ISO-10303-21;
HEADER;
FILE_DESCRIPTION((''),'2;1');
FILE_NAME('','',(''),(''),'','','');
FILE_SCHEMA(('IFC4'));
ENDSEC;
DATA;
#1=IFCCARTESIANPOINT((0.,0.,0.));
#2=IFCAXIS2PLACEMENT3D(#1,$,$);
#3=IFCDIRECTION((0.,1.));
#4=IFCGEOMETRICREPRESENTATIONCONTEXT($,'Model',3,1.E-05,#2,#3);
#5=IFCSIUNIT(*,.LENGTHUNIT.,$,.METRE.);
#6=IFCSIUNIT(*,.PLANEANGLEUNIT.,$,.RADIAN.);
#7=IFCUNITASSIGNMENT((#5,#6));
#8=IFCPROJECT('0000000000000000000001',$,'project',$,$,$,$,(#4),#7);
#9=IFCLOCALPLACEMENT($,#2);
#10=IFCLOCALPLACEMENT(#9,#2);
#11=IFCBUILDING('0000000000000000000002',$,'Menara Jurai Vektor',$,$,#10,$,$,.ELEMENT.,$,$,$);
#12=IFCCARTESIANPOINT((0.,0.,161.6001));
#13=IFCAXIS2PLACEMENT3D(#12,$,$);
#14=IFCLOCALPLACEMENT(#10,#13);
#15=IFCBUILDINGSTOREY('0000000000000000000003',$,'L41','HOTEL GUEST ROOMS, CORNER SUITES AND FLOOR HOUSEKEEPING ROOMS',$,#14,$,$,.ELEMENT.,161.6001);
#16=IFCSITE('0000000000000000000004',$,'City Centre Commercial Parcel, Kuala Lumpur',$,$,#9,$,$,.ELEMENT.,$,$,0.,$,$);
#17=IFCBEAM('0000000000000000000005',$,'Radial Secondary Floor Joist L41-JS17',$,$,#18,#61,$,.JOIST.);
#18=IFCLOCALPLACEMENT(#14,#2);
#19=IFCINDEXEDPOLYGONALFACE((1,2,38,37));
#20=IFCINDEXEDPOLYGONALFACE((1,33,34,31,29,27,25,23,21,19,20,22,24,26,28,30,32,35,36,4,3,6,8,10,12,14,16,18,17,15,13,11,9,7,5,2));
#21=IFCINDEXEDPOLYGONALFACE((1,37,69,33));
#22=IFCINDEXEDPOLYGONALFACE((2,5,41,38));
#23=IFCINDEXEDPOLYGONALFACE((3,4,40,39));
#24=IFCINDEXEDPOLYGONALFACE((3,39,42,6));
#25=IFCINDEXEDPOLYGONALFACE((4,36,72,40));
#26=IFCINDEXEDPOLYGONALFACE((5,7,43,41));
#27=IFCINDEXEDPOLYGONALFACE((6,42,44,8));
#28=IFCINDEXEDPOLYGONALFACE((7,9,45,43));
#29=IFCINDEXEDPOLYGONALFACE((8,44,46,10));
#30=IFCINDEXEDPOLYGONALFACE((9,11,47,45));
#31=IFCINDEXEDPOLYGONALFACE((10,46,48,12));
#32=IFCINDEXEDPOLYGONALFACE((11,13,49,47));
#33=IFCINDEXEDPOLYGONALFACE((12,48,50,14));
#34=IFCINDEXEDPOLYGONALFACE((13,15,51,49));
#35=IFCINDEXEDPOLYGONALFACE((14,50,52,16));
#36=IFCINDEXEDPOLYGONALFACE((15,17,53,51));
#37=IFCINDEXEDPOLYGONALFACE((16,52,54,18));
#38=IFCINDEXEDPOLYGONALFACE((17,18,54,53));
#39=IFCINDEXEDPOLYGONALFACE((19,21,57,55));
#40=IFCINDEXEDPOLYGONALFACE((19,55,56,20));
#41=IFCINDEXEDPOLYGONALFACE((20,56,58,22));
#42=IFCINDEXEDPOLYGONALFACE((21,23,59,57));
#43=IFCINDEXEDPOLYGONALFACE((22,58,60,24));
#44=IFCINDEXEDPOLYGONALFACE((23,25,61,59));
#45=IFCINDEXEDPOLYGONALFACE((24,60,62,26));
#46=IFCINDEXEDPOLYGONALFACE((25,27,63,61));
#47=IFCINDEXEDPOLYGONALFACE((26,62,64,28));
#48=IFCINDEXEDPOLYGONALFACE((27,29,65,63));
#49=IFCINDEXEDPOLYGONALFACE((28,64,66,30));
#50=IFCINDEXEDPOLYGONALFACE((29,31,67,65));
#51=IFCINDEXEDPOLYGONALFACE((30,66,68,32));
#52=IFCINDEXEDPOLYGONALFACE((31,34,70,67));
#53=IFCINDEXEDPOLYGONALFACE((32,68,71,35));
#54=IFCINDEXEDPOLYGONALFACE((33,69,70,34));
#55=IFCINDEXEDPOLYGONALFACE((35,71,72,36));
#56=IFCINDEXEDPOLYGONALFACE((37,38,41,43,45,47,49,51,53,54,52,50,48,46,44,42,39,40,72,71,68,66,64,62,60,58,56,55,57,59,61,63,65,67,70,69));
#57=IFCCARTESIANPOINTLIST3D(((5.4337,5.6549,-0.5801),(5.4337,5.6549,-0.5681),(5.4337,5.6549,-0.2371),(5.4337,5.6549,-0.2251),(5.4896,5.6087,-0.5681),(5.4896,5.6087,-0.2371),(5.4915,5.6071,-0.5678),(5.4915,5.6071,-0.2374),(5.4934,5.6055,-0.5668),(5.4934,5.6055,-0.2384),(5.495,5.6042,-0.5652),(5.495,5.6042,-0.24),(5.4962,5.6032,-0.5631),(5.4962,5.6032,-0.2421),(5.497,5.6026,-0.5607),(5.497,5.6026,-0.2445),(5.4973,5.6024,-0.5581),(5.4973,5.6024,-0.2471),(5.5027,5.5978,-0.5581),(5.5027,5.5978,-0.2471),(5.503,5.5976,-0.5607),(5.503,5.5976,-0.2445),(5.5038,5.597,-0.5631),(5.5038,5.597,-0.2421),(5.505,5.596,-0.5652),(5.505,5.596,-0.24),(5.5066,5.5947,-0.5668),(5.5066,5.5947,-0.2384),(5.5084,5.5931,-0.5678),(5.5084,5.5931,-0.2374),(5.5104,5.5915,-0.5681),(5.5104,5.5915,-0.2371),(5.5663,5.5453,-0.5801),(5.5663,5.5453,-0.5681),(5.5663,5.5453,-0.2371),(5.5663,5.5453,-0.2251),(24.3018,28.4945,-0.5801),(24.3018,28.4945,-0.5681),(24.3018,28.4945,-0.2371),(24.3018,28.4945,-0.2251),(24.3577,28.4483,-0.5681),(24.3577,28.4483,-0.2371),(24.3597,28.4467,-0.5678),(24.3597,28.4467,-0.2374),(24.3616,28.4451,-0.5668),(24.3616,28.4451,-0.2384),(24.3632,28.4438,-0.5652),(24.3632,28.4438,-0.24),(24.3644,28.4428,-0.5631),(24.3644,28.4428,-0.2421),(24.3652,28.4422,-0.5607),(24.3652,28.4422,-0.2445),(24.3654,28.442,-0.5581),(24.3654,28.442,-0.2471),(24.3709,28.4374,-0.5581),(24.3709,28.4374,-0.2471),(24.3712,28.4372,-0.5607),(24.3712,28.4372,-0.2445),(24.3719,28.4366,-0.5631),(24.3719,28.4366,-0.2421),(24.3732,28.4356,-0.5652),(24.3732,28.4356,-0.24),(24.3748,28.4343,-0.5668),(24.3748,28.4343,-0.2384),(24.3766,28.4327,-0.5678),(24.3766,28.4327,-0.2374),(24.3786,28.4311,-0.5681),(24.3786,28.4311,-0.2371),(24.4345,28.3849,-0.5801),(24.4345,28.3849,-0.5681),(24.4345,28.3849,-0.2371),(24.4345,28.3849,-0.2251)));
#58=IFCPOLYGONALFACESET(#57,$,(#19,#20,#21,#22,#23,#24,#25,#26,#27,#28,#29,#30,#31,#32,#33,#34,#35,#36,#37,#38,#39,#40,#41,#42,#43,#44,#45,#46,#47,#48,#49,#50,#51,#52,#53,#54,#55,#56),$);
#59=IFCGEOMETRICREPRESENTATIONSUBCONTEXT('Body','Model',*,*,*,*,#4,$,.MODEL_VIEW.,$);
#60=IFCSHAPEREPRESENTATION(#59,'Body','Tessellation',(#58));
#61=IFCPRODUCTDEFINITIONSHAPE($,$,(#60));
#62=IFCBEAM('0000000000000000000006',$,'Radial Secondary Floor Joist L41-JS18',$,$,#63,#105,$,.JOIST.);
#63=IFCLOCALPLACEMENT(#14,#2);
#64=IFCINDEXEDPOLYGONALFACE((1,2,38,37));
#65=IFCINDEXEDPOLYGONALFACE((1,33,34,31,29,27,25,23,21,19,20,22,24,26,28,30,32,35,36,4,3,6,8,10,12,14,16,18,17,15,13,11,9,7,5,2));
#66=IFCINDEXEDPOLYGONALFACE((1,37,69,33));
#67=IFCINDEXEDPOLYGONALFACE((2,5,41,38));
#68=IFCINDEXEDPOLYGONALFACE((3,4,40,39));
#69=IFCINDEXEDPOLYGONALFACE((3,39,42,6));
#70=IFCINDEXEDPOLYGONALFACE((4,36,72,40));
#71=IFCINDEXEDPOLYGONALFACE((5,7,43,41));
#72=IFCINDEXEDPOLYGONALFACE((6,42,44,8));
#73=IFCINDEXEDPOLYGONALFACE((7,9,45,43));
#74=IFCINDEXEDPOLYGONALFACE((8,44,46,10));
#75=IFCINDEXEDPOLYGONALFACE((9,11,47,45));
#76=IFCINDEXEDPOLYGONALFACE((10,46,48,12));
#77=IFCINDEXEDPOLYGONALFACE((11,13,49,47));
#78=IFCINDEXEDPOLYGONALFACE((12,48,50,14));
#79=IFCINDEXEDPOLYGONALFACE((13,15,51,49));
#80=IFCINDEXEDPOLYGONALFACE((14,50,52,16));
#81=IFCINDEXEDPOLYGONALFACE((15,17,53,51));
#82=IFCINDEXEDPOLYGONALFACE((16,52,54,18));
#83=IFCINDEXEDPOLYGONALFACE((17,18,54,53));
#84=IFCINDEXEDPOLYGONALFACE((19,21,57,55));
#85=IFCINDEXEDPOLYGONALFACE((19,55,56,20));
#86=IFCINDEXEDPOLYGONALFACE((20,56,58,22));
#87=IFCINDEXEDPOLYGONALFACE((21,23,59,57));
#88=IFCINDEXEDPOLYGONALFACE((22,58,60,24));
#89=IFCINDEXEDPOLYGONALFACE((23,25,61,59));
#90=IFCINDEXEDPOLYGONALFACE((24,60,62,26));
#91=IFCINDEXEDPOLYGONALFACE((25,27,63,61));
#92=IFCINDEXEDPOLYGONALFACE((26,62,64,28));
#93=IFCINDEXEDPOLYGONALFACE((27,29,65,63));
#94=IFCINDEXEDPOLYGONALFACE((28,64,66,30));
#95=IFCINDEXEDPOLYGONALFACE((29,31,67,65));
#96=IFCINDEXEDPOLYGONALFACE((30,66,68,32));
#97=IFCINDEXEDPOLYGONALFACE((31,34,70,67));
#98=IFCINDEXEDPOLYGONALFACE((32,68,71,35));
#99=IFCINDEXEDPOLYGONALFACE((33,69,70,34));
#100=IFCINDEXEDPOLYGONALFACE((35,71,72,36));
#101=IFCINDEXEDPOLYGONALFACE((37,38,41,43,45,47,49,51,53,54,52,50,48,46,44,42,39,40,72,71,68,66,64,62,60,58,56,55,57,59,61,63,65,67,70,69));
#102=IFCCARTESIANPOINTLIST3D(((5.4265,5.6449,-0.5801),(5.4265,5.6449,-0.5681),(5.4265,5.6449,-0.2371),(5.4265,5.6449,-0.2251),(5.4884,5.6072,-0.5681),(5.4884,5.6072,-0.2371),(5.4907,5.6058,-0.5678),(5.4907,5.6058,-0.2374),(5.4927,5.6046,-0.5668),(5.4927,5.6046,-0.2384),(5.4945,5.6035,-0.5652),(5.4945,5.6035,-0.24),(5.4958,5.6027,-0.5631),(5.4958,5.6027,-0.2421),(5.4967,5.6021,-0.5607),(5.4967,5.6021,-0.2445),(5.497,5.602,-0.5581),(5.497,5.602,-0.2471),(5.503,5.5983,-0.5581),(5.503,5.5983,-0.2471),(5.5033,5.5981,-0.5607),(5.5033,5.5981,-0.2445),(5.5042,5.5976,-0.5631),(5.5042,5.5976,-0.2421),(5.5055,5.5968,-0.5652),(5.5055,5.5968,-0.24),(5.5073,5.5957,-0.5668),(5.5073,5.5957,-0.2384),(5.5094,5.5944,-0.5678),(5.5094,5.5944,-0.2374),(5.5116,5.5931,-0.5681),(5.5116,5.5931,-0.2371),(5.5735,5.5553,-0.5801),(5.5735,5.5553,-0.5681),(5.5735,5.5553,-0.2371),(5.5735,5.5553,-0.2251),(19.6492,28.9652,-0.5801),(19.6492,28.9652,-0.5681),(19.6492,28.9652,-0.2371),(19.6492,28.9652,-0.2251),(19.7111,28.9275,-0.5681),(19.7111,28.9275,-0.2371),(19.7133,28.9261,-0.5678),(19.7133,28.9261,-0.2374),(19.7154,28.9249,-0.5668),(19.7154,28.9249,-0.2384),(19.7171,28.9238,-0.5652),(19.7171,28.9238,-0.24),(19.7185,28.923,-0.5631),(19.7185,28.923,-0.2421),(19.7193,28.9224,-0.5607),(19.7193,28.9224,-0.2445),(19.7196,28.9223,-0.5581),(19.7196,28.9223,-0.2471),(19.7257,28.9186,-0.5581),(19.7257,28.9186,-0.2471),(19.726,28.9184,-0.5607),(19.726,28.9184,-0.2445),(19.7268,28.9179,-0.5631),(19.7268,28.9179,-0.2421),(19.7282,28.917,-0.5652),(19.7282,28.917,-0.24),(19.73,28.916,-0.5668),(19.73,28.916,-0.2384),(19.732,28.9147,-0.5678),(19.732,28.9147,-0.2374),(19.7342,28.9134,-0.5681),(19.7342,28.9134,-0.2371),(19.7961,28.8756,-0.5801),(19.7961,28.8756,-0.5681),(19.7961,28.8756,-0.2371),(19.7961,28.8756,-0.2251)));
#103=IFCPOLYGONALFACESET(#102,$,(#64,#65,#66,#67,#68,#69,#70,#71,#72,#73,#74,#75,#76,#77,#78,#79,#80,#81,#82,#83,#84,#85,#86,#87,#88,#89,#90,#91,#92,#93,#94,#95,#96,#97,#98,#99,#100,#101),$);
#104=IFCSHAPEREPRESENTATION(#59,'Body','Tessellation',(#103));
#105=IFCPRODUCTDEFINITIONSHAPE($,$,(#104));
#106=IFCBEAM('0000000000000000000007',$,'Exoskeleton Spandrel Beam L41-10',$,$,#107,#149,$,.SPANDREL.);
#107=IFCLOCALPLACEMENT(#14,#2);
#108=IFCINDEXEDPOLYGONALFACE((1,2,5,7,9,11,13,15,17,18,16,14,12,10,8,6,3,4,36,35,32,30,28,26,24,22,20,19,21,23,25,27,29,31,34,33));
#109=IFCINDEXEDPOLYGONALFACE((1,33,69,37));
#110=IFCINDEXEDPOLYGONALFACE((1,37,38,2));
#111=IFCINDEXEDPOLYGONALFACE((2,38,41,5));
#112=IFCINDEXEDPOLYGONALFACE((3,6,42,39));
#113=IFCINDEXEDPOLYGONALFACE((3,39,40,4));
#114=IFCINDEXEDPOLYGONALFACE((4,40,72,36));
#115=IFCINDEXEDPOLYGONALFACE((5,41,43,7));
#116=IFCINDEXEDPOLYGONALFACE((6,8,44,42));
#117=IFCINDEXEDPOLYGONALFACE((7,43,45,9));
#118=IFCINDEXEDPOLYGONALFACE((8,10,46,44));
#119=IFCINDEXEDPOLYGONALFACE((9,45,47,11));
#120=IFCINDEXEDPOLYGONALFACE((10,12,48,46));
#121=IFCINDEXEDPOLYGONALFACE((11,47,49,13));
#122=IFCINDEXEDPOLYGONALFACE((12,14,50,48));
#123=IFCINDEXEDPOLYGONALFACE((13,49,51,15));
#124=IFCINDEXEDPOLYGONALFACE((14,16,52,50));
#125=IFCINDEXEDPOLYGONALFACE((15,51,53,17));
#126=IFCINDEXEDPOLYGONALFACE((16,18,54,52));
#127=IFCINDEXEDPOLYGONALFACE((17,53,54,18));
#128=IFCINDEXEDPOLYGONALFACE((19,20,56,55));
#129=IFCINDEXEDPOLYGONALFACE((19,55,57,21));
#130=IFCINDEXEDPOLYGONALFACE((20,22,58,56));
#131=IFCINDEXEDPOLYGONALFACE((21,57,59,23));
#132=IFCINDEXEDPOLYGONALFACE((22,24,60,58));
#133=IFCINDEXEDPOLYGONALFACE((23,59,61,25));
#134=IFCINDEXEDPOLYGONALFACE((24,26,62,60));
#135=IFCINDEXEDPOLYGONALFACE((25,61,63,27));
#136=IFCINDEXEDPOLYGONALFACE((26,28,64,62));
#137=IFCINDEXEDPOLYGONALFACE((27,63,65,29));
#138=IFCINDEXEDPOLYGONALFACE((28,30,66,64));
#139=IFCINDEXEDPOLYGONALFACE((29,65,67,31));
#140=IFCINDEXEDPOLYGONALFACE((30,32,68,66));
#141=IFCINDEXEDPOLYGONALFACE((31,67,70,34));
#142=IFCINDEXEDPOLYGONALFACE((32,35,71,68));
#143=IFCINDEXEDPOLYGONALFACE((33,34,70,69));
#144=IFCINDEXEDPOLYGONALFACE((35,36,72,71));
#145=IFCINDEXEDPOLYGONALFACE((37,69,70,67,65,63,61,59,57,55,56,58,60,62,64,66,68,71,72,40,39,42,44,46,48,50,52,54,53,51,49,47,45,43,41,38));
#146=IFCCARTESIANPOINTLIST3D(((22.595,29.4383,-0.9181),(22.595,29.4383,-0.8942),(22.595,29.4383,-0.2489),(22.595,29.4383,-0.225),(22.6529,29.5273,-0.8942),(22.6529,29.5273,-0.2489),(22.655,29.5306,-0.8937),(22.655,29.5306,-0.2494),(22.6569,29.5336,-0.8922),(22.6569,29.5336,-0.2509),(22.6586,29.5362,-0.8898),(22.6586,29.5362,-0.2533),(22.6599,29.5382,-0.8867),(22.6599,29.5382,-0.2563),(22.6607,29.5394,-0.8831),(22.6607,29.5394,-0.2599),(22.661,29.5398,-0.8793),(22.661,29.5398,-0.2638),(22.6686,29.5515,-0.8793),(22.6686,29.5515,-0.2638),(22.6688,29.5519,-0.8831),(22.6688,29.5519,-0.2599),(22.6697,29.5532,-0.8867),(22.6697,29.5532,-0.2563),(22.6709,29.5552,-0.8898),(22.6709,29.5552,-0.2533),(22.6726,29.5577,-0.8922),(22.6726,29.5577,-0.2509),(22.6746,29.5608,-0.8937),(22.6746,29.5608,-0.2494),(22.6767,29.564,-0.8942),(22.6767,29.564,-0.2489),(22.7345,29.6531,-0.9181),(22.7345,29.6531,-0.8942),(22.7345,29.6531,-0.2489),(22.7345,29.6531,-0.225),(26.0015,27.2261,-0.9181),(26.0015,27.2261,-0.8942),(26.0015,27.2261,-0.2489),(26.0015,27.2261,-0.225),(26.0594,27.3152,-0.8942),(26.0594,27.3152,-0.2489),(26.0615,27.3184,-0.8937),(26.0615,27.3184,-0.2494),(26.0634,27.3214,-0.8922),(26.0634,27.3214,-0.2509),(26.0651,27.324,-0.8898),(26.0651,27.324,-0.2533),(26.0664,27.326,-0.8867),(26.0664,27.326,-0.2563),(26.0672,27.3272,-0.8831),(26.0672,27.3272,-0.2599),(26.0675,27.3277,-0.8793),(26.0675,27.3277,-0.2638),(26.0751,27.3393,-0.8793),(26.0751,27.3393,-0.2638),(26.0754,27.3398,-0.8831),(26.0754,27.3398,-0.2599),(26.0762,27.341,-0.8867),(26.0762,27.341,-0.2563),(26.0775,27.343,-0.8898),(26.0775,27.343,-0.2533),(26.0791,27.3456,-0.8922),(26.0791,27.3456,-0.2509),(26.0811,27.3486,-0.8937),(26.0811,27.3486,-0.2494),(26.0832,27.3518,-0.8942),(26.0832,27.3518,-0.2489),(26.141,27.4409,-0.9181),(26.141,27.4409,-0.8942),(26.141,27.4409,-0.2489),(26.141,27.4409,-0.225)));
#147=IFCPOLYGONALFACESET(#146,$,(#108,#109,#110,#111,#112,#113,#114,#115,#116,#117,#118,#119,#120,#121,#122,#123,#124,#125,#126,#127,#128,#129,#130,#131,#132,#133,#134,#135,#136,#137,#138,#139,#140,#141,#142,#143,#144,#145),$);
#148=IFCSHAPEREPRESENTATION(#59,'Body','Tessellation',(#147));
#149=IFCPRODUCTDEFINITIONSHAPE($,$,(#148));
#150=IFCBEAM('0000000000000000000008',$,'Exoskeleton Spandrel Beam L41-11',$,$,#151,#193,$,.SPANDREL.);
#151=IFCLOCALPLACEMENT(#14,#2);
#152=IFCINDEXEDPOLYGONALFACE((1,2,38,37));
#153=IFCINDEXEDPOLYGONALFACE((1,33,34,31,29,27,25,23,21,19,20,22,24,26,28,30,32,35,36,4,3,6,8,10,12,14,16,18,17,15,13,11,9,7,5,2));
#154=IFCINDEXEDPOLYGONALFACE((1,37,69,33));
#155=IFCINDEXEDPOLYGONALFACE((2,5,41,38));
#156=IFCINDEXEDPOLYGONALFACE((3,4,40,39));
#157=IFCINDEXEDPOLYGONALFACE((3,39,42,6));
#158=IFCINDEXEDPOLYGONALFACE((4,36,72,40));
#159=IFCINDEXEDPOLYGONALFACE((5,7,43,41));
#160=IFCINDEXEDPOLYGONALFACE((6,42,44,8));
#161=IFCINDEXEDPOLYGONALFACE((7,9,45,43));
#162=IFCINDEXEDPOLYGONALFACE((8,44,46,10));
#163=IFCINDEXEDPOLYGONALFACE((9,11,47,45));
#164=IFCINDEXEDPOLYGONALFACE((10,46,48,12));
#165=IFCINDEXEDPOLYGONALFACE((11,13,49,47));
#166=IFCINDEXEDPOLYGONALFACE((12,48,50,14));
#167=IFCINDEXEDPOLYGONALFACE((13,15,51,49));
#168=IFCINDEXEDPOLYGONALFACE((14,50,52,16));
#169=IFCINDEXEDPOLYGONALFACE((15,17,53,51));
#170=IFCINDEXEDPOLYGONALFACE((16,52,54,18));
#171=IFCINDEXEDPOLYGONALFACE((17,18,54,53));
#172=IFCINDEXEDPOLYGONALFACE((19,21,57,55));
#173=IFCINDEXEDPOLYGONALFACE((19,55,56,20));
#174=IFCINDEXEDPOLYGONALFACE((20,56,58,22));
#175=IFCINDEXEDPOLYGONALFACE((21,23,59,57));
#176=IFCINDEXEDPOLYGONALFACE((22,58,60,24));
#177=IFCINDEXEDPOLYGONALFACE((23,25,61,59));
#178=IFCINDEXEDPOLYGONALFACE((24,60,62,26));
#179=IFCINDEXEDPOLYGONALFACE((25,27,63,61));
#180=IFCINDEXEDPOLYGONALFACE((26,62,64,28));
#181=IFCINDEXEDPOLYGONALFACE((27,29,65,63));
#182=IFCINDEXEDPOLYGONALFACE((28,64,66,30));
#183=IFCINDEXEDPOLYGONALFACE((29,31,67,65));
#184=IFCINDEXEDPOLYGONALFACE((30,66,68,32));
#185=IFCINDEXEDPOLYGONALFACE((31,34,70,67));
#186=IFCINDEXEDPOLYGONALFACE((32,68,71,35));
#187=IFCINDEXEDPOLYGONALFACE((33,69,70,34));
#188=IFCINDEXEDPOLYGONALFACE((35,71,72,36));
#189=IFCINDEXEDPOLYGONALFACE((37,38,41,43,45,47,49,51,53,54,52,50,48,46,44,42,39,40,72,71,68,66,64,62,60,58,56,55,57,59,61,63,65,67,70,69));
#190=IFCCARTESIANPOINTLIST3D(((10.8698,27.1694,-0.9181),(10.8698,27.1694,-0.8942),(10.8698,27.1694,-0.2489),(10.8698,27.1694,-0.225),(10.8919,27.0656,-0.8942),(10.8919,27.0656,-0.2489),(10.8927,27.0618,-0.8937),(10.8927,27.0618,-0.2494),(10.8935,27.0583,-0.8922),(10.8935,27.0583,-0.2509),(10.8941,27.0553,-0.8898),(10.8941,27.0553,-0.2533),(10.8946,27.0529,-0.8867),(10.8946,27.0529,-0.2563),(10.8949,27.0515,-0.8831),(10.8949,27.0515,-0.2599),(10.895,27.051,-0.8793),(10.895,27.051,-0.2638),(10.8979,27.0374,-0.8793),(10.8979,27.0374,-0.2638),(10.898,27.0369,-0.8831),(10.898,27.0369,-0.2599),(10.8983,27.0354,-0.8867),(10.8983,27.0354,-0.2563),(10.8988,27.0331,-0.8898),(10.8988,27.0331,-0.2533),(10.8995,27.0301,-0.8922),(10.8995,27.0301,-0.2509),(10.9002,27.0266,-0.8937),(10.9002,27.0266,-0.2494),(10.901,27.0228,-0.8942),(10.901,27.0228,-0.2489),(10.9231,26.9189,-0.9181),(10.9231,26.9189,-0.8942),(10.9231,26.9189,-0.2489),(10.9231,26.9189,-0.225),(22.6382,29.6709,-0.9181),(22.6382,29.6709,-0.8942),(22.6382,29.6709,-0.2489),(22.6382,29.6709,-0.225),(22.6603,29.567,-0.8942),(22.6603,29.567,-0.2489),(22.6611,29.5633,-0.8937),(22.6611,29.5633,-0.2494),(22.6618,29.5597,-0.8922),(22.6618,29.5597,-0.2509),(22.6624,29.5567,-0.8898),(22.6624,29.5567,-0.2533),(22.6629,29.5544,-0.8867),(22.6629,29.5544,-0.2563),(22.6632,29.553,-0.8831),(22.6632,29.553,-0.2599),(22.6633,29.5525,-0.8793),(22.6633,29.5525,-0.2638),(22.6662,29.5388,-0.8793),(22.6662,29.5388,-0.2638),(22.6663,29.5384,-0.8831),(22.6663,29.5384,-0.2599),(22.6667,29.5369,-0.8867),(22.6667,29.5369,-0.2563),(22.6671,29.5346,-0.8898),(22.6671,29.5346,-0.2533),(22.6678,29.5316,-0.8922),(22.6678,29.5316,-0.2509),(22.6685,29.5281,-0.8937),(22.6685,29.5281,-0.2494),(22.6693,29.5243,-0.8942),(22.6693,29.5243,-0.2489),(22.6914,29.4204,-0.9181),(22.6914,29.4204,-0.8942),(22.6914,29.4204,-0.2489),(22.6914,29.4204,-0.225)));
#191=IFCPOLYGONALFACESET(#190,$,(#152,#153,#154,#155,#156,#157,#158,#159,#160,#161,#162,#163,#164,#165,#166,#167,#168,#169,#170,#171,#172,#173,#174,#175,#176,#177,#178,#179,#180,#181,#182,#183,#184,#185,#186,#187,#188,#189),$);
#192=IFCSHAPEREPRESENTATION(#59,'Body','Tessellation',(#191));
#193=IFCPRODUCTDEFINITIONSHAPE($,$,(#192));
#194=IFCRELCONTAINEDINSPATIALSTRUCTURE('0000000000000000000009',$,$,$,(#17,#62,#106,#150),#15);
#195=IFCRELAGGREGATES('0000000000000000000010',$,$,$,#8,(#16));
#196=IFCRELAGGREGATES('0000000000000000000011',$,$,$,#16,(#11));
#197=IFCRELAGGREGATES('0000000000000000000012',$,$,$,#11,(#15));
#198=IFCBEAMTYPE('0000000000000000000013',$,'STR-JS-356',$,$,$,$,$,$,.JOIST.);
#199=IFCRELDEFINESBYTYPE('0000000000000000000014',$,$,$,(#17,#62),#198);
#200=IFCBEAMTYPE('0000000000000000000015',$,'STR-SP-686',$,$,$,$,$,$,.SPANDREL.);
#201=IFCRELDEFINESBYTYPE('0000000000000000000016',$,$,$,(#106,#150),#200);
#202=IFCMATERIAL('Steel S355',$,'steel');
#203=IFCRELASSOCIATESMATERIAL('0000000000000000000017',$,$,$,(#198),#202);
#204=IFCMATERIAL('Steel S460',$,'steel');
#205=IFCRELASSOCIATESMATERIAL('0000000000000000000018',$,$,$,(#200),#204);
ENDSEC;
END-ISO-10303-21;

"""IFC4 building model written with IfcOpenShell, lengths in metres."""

from ifc_helpers import new_model, si_unit, direction, frame, origin, origin_2d, place, context, subcontext, project, spatial, i_section, extrude, material, material_profile, profile_set, type_object, element, save


model = new_model("IFC4")

# Units and contexts
model_context = context("Model", 3, precision=1e-05, world=origin(), true_north=direction((0.0, 1.0)))
body_context = subcontext(model_context, "Body", "Model", "MODEL_VIEW")
ifc_project = project(units=[si_unit("LENGTHUNIT", "METRE"), si_unit("PLANEANGLEUNIT", "RADIAN")], contexts=[model_context])

# Site, building, storey
site_placement = place(None, origin())
site = spatial("IfcSite", under=ifc_project, at=site_placement, Name="City Centre Commercial Parcel, Kuala Lumpur", CompositionType="ELEMENT", RefElevation=0.0)
building_placement = place(site_placement, origin())
building = spatial("IfcBuilding", under=site, at=building_placement, Name="Menara Jurai Vektor", CompositionType="ELEMENT")
storey_placement = place(building_placement, frame((0.0, 0.0, 161.6001)))
storey = spatial("IfcBuildingStorey", under=building, at=storey_placement, Name="L41", Description="HOTEL GUEST ROOMS, CORNER SUITES AND FLOOR HOUSEKEEPING ROOMS", CompositionType="ELEMENT", Elevation=161.6001)

# Shared definitions
ifc_material_1 = material(Name="Steel S460", Category="steel")

# Shared definitions
ifc_material_2 = material(Name="Steel S355", Category="steel")

# Beams
ifc_material_profile_1 = material_profile(ifc_material_2, i_section(OverallWidth=0.1721, OverallDepth=0.355, WebThickness=0.0071, FlangeThickness=0.012, FilletRadius=0.01, at=origin_2d()), Name="UKB 356x171x51")
ifc_profile_set_1 = profile_set([ifc_material_profile_1], Name="Steel S355")
beam_type_1 = type_object("IfcBeamType", Name="STR-JS-356", PredefinedType="JOIST", material=ifc_profile_set_1)
beam_1_placement = place(storey_placement, frame((24.3682, 28.4397, -0.4026), z_axis=(-0.636895, -0.770951, 0.0), x_axis=(0.770951, -0.636895, 0.0)))
element("IfcBeam", 1, at=beam_1_placement, inside=storey, type_object=beam_type_1, Name="Radial Secondary Floor Joist L41-JS17", PredefinedType="JOIST", context=body_context, shape_type="SweptSolid", body=[
    extrude(i_section(OverallWidth=0.1721, OverallDepth=0.355, WebThickness=0.0071, FlangeThickness=0.012, FilletRadius=0.01, at=origin_2d()), origin(), (0.0, 0.0, 1.0), 29.6252),
])
beam_2_placement = place(storey_placement, frame((19.7227, 28.9204, -0.4026), z_axis=(-0.520686, -0.853748, 0.0), x_axis=(0.853748, -0.520686, 0.0)))
element("IfcBeam", 2, at=beam_2_placement, inside=storey, type_object=beam_type_1, Name="Radial Secondary Floor Joist L41-JS18", PredefinedType="JOIST", context=body_context, shape_type="SweptSolid", body=[
    extrude(i_section(OverallWidth=0.1721, OverallDepth=0.355, WebThickness=0.0071, FlangeThickness=0.012, FilletRadius=0.01, at=origin_2d()), origin(), (0.0, 0.0, 1.0), 27.3152),
])
ifc_material_profile_2 = material_profile(ifc_material_1, i_section(OverallWidth=0.2561, OverallDepth=0.6931, WebThickness=0.0139, FlangeThickness=0.0239, FilletRadius=0.0149, at=origin_2d()), Name="UKB 686x254x170")
ifc_profile_set_2 = profile_set([ifc_material_profile_2], Name="Steel S460")
beam_type_2 = type_object("IfcBeamType", Name="STR-SP-686", PredefinedType="SPANDREL", material=ifc_profile_set_2)
beam_3_placement = place(storey_placement, frame((26.0713, 27.3335, -0.5715), z_axis=(-0.838676, 0.544631, 0.0), x_axis=(-0.544631, -0.838676, 0.0)))
element("IfcBeam", 3, at=beam_3_placement, inside=storey, type_object=beam_type_2, Name="Exoskeleton Spandrel Beam L41-10", PredefinedType="SPANDREL", context=body_context, shape_type="SweptSolid", body=[
    extrude(i_section(OverallWidth=0.2561, OverallDepth=0.6931, WebThickness=0.0139, FlangeThickness=0.0239, FilletRadius=0.0149, at=origin_2d()), origin(), (0.0, 0.0, 1.0), 4.0618),
])
beam_4_placement = place(storey_placement, frame((22.6648, 29.5457, -0.5715), z_axis=(-0.978147, -0.207914, 0.0), x_axis=(0.207914, -0.978147, 0.0)))
element("IfcBeam", 4, at=beam_4_placement, inside=storey, type_object=beam_type_2, Name="Exoskeleton Spandrel Beam L41-11", PredefinedType="SPANDREL", context=body_context, shape_type="SweptSolid", body=[
    extrude(i_section(OverallWidth=0.2561, OverallDepth=0.6931, WebThickness=0.0139, FlangeThickness=0.0239, FilletRadius=0.0149, at=origin_2d()), origin(), (0.0, 0.0, 1.0), 12.0312),
])

save(model, "model.ifc")
